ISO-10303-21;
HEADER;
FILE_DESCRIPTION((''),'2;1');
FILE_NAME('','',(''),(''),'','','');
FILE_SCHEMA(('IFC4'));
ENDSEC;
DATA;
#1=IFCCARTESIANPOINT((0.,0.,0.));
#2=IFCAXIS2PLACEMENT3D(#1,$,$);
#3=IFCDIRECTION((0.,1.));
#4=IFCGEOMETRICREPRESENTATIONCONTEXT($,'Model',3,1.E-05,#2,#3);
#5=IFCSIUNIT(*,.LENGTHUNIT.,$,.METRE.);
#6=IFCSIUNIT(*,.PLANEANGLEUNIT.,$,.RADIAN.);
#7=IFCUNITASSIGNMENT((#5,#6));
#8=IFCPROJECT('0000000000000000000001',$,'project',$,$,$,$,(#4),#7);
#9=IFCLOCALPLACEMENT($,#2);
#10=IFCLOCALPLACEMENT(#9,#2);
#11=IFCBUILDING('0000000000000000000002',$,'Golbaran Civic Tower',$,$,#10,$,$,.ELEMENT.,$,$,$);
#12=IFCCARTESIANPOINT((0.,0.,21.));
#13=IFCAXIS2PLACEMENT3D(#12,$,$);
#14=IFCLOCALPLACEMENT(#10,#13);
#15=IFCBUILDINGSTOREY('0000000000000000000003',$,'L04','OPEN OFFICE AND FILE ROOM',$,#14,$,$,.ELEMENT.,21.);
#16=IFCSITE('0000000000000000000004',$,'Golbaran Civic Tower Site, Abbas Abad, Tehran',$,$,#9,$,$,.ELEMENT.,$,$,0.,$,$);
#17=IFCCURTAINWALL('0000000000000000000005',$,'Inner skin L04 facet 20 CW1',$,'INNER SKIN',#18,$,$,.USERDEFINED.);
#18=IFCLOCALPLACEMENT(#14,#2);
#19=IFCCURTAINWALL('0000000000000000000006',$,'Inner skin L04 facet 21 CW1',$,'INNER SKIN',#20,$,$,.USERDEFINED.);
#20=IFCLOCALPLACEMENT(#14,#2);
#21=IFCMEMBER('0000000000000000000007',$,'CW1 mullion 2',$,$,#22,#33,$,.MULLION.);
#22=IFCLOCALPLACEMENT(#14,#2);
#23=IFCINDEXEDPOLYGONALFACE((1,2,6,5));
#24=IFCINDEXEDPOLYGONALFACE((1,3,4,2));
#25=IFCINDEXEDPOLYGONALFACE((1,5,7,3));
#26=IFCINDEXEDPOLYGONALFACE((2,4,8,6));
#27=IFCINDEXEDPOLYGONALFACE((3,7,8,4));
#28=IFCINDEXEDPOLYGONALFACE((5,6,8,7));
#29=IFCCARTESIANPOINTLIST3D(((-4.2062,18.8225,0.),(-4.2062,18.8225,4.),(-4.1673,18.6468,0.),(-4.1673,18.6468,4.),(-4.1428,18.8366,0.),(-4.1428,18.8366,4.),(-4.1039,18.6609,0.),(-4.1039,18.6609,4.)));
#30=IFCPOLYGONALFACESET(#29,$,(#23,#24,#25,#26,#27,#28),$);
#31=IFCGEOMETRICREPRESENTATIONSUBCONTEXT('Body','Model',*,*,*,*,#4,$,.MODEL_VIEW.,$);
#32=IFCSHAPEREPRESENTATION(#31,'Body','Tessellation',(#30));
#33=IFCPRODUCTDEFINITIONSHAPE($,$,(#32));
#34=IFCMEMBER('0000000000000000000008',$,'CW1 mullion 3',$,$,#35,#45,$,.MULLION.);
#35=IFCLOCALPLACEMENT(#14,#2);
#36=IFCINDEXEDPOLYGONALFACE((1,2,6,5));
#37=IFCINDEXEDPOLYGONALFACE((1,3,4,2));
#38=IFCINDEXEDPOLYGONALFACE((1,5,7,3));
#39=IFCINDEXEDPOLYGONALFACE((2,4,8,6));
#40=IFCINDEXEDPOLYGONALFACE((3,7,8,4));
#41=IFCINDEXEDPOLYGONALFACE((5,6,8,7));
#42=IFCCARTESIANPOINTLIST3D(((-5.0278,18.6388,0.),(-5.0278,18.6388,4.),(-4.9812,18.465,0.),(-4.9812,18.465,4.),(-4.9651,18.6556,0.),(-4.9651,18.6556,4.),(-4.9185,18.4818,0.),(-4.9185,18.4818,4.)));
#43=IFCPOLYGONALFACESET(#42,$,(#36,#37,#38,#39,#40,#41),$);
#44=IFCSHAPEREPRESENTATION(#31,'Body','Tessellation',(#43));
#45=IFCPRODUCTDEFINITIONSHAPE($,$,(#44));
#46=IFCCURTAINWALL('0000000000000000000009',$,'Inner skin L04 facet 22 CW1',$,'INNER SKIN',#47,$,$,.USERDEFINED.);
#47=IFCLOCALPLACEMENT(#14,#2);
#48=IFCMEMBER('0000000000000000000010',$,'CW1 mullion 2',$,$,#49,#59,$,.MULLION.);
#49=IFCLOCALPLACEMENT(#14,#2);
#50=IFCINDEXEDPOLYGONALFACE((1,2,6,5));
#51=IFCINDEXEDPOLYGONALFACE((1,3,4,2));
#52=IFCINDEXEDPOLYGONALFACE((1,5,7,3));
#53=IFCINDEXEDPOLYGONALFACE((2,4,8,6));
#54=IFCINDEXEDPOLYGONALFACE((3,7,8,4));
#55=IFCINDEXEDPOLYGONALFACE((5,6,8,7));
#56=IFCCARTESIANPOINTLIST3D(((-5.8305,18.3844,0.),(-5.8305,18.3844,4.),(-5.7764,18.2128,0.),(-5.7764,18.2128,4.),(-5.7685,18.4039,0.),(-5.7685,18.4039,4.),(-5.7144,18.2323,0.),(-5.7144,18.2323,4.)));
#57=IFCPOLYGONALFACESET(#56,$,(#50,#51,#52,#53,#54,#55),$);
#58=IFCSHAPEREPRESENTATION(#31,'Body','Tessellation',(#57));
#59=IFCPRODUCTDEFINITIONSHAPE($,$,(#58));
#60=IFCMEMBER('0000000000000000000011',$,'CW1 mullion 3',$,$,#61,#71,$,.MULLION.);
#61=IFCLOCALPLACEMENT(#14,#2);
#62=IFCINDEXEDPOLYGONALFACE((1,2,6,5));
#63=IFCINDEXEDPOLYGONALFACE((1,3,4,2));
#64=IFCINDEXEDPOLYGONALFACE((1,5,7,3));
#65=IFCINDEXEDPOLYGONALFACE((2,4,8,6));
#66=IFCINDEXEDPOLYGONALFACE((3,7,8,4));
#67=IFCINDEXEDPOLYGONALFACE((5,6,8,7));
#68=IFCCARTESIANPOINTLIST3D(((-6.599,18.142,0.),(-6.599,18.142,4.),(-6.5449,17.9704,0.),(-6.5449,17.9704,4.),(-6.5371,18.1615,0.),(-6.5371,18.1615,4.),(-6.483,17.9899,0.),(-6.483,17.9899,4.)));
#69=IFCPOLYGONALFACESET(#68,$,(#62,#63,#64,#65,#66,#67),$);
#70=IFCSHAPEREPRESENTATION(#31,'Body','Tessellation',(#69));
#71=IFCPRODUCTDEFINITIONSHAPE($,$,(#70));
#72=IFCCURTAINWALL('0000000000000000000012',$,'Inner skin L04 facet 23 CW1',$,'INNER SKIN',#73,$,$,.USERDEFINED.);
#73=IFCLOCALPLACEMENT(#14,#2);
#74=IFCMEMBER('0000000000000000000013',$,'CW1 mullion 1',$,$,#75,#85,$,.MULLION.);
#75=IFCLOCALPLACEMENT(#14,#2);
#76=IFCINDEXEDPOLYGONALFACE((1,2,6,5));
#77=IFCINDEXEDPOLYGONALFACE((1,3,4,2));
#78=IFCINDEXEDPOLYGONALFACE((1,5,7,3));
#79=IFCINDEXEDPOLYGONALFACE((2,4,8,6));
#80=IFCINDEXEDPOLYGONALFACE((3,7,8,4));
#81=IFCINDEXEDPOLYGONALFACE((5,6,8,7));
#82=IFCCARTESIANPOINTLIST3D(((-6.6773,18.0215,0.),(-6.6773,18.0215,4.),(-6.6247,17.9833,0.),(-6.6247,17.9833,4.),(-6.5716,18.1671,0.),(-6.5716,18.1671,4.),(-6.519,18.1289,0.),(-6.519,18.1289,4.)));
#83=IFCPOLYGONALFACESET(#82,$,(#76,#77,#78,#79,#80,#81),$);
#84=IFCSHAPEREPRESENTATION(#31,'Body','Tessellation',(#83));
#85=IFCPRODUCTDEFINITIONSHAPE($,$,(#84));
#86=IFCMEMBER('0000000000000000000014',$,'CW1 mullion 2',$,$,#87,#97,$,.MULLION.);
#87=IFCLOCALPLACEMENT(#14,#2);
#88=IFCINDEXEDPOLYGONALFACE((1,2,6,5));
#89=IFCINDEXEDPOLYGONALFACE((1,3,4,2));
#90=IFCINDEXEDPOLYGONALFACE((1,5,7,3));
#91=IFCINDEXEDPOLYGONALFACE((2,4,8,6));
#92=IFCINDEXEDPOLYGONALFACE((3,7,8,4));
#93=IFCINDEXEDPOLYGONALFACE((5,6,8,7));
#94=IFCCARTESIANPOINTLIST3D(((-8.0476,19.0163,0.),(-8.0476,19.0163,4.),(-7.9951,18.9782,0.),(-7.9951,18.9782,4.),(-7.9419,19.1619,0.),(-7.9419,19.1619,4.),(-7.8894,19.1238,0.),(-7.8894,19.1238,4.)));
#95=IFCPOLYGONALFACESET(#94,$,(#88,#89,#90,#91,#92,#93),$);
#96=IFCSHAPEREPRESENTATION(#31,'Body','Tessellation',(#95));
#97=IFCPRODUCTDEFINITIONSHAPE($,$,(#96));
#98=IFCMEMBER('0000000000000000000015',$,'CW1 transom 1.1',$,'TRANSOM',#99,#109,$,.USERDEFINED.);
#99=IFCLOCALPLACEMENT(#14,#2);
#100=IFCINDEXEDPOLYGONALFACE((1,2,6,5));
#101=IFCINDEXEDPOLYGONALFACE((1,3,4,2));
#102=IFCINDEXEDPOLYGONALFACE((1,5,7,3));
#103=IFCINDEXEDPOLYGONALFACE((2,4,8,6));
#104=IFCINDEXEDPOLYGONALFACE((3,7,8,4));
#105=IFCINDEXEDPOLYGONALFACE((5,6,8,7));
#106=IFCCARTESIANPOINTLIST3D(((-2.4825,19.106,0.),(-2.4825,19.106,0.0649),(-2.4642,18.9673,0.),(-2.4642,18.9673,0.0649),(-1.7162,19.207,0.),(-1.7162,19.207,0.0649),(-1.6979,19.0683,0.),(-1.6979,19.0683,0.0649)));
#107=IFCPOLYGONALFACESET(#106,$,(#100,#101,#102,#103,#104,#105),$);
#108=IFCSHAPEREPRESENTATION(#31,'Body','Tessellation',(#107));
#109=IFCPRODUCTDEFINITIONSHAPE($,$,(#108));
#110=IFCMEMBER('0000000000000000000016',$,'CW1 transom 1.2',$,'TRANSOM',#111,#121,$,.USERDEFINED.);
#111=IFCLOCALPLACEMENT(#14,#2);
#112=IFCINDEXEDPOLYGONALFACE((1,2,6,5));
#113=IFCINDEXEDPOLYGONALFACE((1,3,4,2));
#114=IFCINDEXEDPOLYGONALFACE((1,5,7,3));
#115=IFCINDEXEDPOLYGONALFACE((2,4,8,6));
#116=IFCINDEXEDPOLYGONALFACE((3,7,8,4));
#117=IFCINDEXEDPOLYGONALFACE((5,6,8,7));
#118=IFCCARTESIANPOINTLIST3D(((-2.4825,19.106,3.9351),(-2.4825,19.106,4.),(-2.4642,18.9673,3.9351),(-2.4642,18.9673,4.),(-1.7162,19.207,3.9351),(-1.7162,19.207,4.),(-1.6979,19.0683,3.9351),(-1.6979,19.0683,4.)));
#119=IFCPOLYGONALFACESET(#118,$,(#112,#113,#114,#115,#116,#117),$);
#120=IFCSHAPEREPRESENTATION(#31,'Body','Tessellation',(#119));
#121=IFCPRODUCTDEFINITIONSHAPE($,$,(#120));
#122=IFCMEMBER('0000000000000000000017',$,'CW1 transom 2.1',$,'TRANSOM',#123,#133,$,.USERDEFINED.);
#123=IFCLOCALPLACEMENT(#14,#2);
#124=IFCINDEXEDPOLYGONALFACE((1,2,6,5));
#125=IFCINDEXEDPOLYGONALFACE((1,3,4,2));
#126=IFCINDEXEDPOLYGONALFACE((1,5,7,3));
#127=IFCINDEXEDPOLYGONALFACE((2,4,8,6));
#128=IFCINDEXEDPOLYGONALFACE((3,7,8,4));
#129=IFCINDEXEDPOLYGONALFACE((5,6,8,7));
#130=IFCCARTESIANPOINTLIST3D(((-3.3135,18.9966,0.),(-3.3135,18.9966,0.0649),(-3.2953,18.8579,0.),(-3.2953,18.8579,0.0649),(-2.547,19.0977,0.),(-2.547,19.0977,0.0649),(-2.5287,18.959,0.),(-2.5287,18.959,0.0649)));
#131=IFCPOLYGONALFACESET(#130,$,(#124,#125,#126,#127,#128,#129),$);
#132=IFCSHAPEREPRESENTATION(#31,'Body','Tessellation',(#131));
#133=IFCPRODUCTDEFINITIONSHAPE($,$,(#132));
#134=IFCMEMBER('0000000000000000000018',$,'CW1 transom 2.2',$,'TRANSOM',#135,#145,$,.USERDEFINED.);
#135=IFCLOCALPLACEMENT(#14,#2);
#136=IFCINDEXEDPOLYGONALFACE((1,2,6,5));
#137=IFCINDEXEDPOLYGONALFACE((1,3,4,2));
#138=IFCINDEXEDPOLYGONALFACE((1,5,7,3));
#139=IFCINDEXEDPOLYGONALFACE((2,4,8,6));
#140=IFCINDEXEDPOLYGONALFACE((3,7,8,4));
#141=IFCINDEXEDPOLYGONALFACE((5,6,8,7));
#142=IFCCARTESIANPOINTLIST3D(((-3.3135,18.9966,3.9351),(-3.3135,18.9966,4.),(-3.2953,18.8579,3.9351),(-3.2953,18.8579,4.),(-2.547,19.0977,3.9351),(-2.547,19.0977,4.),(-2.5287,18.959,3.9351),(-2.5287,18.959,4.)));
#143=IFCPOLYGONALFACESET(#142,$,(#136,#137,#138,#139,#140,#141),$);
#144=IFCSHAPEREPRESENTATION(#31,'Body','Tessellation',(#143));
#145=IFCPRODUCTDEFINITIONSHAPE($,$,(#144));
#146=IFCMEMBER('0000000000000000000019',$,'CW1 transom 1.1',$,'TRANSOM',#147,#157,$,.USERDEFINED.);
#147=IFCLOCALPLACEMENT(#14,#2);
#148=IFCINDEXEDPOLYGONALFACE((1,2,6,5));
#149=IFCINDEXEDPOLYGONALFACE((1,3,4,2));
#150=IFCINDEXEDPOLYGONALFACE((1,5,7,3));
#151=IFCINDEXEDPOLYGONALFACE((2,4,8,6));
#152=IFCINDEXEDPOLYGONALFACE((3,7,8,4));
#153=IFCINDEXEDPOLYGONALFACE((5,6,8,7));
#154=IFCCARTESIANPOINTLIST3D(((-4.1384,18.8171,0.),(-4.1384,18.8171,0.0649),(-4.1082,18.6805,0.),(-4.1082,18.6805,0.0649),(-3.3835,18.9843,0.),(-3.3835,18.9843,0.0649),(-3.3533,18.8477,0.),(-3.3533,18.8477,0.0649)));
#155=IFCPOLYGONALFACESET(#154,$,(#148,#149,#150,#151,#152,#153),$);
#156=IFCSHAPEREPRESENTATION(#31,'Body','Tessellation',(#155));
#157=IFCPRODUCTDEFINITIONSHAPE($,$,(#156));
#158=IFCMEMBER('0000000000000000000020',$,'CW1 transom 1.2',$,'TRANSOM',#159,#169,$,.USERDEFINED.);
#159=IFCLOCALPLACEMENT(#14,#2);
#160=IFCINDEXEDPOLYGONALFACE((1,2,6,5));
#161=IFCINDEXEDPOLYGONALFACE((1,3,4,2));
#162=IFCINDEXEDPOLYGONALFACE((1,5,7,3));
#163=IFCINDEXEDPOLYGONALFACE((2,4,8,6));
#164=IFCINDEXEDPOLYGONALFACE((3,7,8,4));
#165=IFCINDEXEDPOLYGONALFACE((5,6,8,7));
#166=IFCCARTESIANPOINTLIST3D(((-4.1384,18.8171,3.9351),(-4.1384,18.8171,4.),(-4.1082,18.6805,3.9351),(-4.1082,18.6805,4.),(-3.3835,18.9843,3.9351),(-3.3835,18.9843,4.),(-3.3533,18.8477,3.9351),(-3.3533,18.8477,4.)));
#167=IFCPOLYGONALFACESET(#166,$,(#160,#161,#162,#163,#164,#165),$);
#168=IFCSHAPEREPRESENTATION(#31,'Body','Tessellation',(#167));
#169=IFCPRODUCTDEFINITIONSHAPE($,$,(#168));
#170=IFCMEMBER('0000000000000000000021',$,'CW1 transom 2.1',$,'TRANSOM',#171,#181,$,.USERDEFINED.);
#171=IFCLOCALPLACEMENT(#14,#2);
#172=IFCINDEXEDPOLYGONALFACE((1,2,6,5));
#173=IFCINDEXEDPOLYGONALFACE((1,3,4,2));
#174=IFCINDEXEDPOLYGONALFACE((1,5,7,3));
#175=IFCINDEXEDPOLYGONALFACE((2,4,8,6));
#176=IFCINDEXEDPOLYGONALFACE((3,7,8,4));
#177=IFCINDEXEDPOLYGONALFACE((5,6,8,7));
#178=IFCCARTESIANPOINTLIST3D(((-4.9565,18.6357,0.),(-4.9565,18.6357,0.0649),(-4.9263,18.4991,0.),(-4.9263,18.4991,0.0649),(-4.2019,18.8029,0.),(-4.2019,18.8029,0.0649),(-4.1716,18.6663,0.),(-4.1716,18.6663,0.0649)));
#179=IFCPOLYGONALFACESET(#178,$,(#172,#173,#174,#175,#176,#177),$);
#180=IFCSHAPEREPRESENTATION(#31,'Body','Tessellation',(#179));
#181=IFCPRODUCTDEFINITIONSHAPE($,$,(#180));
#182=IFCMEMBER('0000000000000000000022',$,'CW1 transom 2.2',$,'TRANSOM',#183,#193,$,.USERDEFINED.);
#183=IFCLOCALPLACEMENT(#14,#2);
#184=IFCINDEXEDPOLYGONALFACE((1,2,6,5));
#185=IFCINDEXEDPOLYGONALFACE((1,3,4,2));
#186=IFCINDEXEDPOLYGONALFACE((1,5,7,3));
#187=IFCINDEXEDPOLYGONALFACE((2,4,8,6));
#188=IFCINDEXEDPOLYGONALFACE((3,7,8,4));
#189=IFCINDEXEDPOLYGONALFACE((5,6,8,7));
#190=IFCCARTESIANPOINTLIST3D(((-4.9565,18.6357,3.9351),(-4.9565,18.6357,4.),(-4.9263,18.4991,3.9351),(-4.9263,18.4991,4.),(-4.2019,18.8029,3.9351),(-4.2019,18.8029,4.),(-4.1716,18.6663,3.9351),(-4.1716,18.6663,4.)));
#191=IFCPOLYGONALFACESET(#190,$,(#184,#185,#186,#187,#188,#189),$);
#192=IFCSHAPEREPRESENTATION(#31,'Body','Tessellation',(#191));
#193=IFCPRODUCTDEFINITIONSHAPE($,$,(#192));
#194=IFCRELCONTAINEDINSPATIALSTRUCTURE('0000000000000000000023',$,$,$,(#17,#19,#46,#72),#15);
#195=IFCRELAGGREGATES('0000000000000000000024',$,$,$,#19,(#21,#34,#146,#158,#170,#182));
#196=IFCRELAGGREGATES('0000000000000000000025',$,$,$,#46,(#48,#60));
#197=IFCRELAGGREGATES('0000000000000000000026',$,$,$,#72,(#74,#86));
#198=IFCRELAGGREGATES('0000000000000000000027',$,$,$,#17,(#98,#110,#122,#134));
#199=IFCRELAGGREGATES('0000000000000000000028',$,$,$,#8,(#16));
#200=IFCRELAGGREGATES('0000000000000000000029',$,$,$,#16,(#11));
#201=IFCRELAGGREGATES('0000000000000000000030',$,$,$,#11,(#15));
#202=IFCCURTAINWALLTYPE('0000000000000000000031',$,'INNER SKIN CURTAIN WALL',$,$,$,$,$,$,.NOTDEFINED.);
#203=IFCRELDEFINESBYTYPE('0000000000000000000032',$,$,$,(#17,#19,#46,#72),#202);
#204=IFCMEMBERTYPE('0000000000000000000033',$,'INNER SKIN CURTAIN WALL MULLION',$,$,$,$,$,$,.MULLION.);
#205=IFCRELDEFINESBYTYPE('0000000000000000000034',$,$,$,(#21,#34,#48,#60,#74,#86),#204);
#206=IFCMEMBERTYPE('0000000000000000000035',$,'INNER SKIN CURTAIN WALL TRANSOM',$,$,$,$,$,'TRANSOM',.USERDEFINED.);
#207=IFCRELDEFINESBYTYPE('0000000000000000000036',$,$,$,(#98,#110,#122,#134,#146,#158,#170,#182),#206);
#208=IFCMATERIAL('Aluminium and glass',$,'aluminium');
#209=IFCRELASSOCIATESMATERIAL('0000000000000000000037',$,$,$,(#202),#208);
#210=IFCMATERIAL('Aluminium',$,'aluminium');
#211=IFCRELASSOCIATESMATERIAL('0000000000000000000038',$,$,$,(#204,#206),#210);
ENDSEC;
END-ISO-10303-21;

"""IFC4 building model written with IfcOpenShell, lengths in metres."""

from ifc_helpers import new_model, si_unit, direction, frame, origin, origin_2d, place, context, subcontext, project, spatial, rectangle, extrude, material, material_profile, profile_set, type_object, element, aggregate, save


model = new_model("IFC4")

# Units and contexts
model_context = context("Model", 3, precision=1e-05, world=origin(), true_north=direction((0.0, 1.0)))
body_context = subcontext(model_context, "Body", "Model", "MODEL_VIEW")
ifc_project = project(units=[si_unit("LENGTHUNIT", "METRE"), si_unit("PLANEANGLEUNIT", "RADIAN")], contexts=[model_context])

# Site, building, storey
site_placement = place(None, origin())
site = spatial("IfcSite", under=ifc_project, at=site_placement, Name="Golbaran Civic Tower Site, Abbas Abad, Tehran", CompositionType="ELEMENT", RefElevation=0.0)
building_placement = place(site_placement, origin())
building = spatial("IfcBuilding", under=site, at=building_placement, Name="Golbaran Civic Tower", CompositionType="ELEMENT")
storey_placement = place(building_placement, frame((0.0, 0.0, 21.0)))
storey = spatial("IfcBuildingStorey", under=building, at=storey_placement, Name="L04", Description="OPEN OFFICE AND FILE ROOM", CompositionType="ELEMENT", Elevation=21.0)

# Curtain walls, members
ifc_material_1 = material(Name="Aluminium and glass", Category="aluminium")
curtain_wall_type = type_object("IfcCurtainWallType", Name="INNER SKIN CURTAIN WALL", PredefinedType="NOTDEFINED", material=ifc_material_1)
curtain_wall_1_placement = place(storey_placement, origin())
curtain_wall_1 = element("IfcCurtainWall", 1, at=curtain_wall_1_placement, inside=storey, type_object=curtain_wall_type, Name="Inner skin L04 facet 20 CW1", ObjectType="INNER SKIN", PredefinedType="USERDEFINED")
ifc_material_2 = material(Name="Aluminium", Category="aluminium")
ifc_material_profile_1 = material_profile(ifc_material_2, rectangle(XDim=0.1799, YDim=0.0649, at=origin_2d()), Name="INNER SKIN CURTAIN WALL MULLION")
ifc_profile_set_1 = profile_set([ifc_material_profile_1], Name="Aluminium")
member_type_1 = type_object("IfcMemberType", Name="INNER SKIN CURTAIN WALL MULLION", PredefinedType="MULLION", material=ifc_profile_set_1)
curtain_wall_2_placement = place(storey_placement, origin())
curtain_wall_2 = element("IfcCurtainWall", 2, at=curtain_wall_2_placement, inside=storey, type_object=curtain_wall_type, Name="Inner skin L04 facet 21 CW1", ObjectType="INNER SKIN", PredefinedType="USERDEFINED")
member_1_placement = place(storey_placement, frame((-4.155, 18.7417, 0.0), z_axis=(0.0, 0.0, 1.0), x_axis=(0.21644, -0.976296, 0.0)))
member_1 = element("IfcMember", 3, at=member_1_placement, type_object=member_type_1, Name="CW1 mullion 2", PredefinedType="MULLION", context=body_context, shape_type="SweptSolid", body=[
    extrude(rectangle(XDim=0.1799, YDim=0.0649, at=origin_2d()), origin(), (0.0, 0.0, 1.0), 4.0),
])
member_2_placement = place(storey_placement, frame((-4.9731, 18.5603, 0.0), z_axis=(0.0, 0.0, 1.0), x_axis=(0.258819, -0.965926, 0.0)))
member_2 = element("IfcMember", 4, at=member_2_placement, type_object=member_type_1, Name="CW1 mullion 3", PredefinedType="MULLION", context=body_context, shape_type="SweptSolid", body=[
    extrude(rectangle(XDim=0.1799, YDim=0.0649, at=origin_2d()), origin(), (0.0, 0.0, 1.0), 4.0),
])
curtain_wall_3_placement = place(storey_placement, origin())
curtain_wall_3 = element("IfcCurtainWall", 5, at=curtain_wall_3_placement, inside=storey, type_object=curtain_wall_type, Name="Inner skin L04 facet 22 CW1", ObjectType="INNER SKIN", PredefinedType="USERDEFINED")
member_3_placement = place(storey_placement, frame((-5.7725, 18.3083, 0.0), z_axis=(0.0, 0.0, 1.0), x_axis=(0.300706, -0.953717, 0.0)))
member_3 = element("IfcMember", 6, at=member_3_placement, type_object=member_type_1, Name="CW1 mullion 2", PredefinedType="MULLION", context=body_context, shape_type="SweptSolid", body=[
    extrude(rectangle(XDim=0.1799, YDim=0.0649, at=origin_2d()), origin(), (0.0, 0.0, 1.0), 4.0),
])
member_4_placement = place(storey_placement, frame((-6.541, 18.0659, 0.0), z_axis=(0.0, 0.0, 1.0), x_axis=(0.300706, -0.953717, 0.0)))
member_4 = element("IfcMember", 7, at=member_4_placement, type_object=member_type_1, Name="CW1 mullion 3", PredefinedType="MULLION", context=body_context, shape_type="SweptSolid", body=[
    extrude(rectangle(XDim=0.1799, YDim=0.0649, at=origin_2d()), origin(), (0.0, 0.0, 1.0), 4.0),
])
curtain_wall_4_placement = place(storey_placement, origin())
curtain_wall_4 = element("IfcCurtainWall", 8, at=curtain_wall_4_placement, inside=storey, type_object=curtain_wall_type, Name="Inner skin L04 facet 23 CW1", ObjectType="INNER SKIN", PredefinedType="USERDEFINED")
member_5_placement = place(storey_placement, frame((-6.5981, 18.0752, 0.0), z_axis=(0.0, 0.0, 1.0), x_axis=(-0.587431, -0.809274, 0.0)))
member_5 = element("IfcMember", 9, at=member_5_placement, type_object=member_type_1, Name="CW1 mullion 1", PredefinedType="MULLION", context=body_context, shape_type="SweptSolid", body=[
    extrude(rectangle(XDim=0.1799, YDim=0.0649, at=origin_2d()), origin(), (0.0, 0.0, 1.0), 4.0),
])
member_6_placement = place(storey_placement, frame((-7.9685, 19.0701, 0.0), z_axis=(0.0, 0.0, 1.0), x_axis=(-0.587431, -0.809274, 0.0)))
member_6 = element("IfcMember", 10, at=member_6_placement, type_object=member_type_1, Name="CW1 mullion 2", PredefinedType="MULLION", context=body_context, shape_type="SweptSolid", body=[
    extrude(rectangle(XDim=0.1799, YDim=0.0649, at=origin_2d()), origin(), (0.0, 0.0, 1.0), 4.0),
])

# Members
ifc_material_profile_2 = material_profile(ifc_material_2, rectangle(XDim=0.1399, YDim=0.0649, at=origin_2d()), Name="INNER SKIN CURTAIN WALL TRANSOM")
ifc_profile_set_2 = profile_set([ifc_material_profile_2], Name="Aluminium")
member_type_2 = type_object("IfcMemberType", Name="INNER SKIN CURTAIN WALL TRANSOM", ElementType="TRANSOM", PredefinedType="USERDEFINED", material=ifc_profile_set_2)
member_7_placement = place(storey_placement, frame((-1.707, 19.1377, 0.0325), z_axis=(-0.991414, -0.130757, 0.0), x_axis=(0.130757, -0.991414, 0.0)))
member_7 = element("IfcMember", 11, at=member_7_placement, type_object=member_type_2, Name="CW1 transom 1.1", ObjectType="TRANSOM", PredefinedType="USERDEFINED", context=body_context, shape_type="SweptSolid", body=[
    extrude(rectangle(XDim=0.1399, YDim=0.0649, at=origin_2d()), origin(), (0.0, 0.0, 1.0), 0.7729),
])
member_8_placement = place(storey_placement, frame((-1.707, 19.1377, 3.9675), z_axis=(-0.991414, -0.130757, 0.0), x_axis=(0.130757, -0.991414, 0.0)))
member_8 = element("IfcMember", 12, at=member_8_placement, type_object=member_type_2, Name="CW1 transom 1.2", ObjectType="TRANSOM", PredefinedType="USERDEFINED", context=body_context, shape_type="SweptSolid", body=[
    extrude(rectangle(XDim=0.1399, YDim=0.0649, at=origin_2d()), origin(), (0.0, 0.0, 1.0), 0.7729),
])
member_9_placement = place(storey_placement, frame((-2.5378, 19.0283, 0.0325), z_axis=(-0.99142, -0.130716, 0.0), x_axis=(0.130716, -0.99142, 0.0)))
member_9 = element("IfcMember", 13, at=member_9_placement, type_object=member_type_2, Name="CW1 transom 2.1", ObjectType="TRANSOM", PredefinedType="USERDEFINED", context=body_context, shape_type="SweptSolid", body=[
    extrude(rectangle(XDim=0.1399, YDim=0.0649, at=origin_2d()), origin(), (0.0, 0.0, 1.0), 0.7732),
])
member_10_placement = place(storey_placement, frame((-2.5378, 19.0283, 3.9675), z_axis=(-0.99142, -0.130716, 0.0), x_axis=(0.130716, -0.99142, 0.0)))
member_10 = element("IfcMember", 14, at=member_10_placement, type_object=member_type_2, Name="CW1 transom 2.2", ObjectType="TRANSOM", PredefinedType="USERDEFINED", context=body_context, shape_type="SweptSolid", body=[
    extrude(rectangle(XDim=0.1399, YDim=0.0649, at=origin_2d()), origin(), (0.0, 0.0, 1.0), 0.7732),
])
member_11_placement = place(storey_placement, frame((-3.3684, 18.916, 0.0325), z_axis=(-0.976328, -0.216295, 0.0), x_axis=(0.216295, -0.976328, 0.0)))
member_11 = element("IfcMember", 15, at=member_11_placement, type_object=member_type_2, Name="CW1 transom 1.1", ObjectType="TRANSOM", PredefinedType="USERDEFINED", context=body_context, shape_type="SweptSolid", body=[
    extrude(rectangle(XDim=0.1399, YDim=0.0649, at=origin_2d()), origin(), (0.0, 0.0, 1.0), 0.7732),
])
member_12_placement = place(storey_placement, frame((-3.3684, 18.916, 3.9675), z_axis=(-0.976328, -0.216295, 0.0), x_axis=(0.216295, -0.976328, 0.0)))
member_12 = element("IfcMember", 16, at=member_12_placement, type_object=member_type_2, Name="CW1 transom 1.2", ObjectType="TRANSOM", PredefinedType="USERDEFINED", context=body_context, shape_type="SweptSolid", body=[
    extrude(rectangle(XDim=0.1399, YDim=0.0649, at=origin_2d()), origin(), (0.0, 0.0, 1.0), 0.7732),
])
member_13_placement = place(storey_placement, frame((-4.1868, 18.7346, 0.0325), z_axis=(-0.976313, -0.216362, 0.0), x_axis=(0.216362, -0.976313, 0.0)))
member_13 = element("IfcMember", 17, at=member_13_placement, type_object=member_type_2, Name="CW1 transom 2.1", ObjectType="TRANSOM", PredefinedType="USERDEFINED", context=body_context, shape_type="SweptSolid", body=[
    extrude(rectangle(XDim=0.1399, YDim=0.0649, at=origin_2d()), origin(), (0.0, 0.0, 1.0), 0.7729),
])
member_14_placement = place(storey_placement, frame((-4.1868, 18.7346, 3.9675), z_axis=(-0.976313, -0.216362, 0.0), x_axis=(0.216362, -0.976313, 0.0)))
member_14 = element("IfcMember", 18, at=member_14_placement, type_object=member_type_2, Name="CW1 transom 2.2", ObjectType="TRANSOM", PredefinedType="USERDEFINED", context=body_context, shape_type="SweptSolid", body=[
    extrude(rectangle(XDim=0.1399, YDim=0.0649, at=origin_2d()), origin(), (0.0, 0.0, 1.0), 0.7729),
])

aggregate(curtain_wall_2, [member_1, member_2, member_11, member_12, member_13, member_14])
aggregate(curtain_wall_3, [member_3, member_4])
aggregate(curtain_wall_4, [member_5, member_6])
aggregate(curtain_wall_1, [member_7, member_8, member_9, member_10])

save(model, "model.ifc")
